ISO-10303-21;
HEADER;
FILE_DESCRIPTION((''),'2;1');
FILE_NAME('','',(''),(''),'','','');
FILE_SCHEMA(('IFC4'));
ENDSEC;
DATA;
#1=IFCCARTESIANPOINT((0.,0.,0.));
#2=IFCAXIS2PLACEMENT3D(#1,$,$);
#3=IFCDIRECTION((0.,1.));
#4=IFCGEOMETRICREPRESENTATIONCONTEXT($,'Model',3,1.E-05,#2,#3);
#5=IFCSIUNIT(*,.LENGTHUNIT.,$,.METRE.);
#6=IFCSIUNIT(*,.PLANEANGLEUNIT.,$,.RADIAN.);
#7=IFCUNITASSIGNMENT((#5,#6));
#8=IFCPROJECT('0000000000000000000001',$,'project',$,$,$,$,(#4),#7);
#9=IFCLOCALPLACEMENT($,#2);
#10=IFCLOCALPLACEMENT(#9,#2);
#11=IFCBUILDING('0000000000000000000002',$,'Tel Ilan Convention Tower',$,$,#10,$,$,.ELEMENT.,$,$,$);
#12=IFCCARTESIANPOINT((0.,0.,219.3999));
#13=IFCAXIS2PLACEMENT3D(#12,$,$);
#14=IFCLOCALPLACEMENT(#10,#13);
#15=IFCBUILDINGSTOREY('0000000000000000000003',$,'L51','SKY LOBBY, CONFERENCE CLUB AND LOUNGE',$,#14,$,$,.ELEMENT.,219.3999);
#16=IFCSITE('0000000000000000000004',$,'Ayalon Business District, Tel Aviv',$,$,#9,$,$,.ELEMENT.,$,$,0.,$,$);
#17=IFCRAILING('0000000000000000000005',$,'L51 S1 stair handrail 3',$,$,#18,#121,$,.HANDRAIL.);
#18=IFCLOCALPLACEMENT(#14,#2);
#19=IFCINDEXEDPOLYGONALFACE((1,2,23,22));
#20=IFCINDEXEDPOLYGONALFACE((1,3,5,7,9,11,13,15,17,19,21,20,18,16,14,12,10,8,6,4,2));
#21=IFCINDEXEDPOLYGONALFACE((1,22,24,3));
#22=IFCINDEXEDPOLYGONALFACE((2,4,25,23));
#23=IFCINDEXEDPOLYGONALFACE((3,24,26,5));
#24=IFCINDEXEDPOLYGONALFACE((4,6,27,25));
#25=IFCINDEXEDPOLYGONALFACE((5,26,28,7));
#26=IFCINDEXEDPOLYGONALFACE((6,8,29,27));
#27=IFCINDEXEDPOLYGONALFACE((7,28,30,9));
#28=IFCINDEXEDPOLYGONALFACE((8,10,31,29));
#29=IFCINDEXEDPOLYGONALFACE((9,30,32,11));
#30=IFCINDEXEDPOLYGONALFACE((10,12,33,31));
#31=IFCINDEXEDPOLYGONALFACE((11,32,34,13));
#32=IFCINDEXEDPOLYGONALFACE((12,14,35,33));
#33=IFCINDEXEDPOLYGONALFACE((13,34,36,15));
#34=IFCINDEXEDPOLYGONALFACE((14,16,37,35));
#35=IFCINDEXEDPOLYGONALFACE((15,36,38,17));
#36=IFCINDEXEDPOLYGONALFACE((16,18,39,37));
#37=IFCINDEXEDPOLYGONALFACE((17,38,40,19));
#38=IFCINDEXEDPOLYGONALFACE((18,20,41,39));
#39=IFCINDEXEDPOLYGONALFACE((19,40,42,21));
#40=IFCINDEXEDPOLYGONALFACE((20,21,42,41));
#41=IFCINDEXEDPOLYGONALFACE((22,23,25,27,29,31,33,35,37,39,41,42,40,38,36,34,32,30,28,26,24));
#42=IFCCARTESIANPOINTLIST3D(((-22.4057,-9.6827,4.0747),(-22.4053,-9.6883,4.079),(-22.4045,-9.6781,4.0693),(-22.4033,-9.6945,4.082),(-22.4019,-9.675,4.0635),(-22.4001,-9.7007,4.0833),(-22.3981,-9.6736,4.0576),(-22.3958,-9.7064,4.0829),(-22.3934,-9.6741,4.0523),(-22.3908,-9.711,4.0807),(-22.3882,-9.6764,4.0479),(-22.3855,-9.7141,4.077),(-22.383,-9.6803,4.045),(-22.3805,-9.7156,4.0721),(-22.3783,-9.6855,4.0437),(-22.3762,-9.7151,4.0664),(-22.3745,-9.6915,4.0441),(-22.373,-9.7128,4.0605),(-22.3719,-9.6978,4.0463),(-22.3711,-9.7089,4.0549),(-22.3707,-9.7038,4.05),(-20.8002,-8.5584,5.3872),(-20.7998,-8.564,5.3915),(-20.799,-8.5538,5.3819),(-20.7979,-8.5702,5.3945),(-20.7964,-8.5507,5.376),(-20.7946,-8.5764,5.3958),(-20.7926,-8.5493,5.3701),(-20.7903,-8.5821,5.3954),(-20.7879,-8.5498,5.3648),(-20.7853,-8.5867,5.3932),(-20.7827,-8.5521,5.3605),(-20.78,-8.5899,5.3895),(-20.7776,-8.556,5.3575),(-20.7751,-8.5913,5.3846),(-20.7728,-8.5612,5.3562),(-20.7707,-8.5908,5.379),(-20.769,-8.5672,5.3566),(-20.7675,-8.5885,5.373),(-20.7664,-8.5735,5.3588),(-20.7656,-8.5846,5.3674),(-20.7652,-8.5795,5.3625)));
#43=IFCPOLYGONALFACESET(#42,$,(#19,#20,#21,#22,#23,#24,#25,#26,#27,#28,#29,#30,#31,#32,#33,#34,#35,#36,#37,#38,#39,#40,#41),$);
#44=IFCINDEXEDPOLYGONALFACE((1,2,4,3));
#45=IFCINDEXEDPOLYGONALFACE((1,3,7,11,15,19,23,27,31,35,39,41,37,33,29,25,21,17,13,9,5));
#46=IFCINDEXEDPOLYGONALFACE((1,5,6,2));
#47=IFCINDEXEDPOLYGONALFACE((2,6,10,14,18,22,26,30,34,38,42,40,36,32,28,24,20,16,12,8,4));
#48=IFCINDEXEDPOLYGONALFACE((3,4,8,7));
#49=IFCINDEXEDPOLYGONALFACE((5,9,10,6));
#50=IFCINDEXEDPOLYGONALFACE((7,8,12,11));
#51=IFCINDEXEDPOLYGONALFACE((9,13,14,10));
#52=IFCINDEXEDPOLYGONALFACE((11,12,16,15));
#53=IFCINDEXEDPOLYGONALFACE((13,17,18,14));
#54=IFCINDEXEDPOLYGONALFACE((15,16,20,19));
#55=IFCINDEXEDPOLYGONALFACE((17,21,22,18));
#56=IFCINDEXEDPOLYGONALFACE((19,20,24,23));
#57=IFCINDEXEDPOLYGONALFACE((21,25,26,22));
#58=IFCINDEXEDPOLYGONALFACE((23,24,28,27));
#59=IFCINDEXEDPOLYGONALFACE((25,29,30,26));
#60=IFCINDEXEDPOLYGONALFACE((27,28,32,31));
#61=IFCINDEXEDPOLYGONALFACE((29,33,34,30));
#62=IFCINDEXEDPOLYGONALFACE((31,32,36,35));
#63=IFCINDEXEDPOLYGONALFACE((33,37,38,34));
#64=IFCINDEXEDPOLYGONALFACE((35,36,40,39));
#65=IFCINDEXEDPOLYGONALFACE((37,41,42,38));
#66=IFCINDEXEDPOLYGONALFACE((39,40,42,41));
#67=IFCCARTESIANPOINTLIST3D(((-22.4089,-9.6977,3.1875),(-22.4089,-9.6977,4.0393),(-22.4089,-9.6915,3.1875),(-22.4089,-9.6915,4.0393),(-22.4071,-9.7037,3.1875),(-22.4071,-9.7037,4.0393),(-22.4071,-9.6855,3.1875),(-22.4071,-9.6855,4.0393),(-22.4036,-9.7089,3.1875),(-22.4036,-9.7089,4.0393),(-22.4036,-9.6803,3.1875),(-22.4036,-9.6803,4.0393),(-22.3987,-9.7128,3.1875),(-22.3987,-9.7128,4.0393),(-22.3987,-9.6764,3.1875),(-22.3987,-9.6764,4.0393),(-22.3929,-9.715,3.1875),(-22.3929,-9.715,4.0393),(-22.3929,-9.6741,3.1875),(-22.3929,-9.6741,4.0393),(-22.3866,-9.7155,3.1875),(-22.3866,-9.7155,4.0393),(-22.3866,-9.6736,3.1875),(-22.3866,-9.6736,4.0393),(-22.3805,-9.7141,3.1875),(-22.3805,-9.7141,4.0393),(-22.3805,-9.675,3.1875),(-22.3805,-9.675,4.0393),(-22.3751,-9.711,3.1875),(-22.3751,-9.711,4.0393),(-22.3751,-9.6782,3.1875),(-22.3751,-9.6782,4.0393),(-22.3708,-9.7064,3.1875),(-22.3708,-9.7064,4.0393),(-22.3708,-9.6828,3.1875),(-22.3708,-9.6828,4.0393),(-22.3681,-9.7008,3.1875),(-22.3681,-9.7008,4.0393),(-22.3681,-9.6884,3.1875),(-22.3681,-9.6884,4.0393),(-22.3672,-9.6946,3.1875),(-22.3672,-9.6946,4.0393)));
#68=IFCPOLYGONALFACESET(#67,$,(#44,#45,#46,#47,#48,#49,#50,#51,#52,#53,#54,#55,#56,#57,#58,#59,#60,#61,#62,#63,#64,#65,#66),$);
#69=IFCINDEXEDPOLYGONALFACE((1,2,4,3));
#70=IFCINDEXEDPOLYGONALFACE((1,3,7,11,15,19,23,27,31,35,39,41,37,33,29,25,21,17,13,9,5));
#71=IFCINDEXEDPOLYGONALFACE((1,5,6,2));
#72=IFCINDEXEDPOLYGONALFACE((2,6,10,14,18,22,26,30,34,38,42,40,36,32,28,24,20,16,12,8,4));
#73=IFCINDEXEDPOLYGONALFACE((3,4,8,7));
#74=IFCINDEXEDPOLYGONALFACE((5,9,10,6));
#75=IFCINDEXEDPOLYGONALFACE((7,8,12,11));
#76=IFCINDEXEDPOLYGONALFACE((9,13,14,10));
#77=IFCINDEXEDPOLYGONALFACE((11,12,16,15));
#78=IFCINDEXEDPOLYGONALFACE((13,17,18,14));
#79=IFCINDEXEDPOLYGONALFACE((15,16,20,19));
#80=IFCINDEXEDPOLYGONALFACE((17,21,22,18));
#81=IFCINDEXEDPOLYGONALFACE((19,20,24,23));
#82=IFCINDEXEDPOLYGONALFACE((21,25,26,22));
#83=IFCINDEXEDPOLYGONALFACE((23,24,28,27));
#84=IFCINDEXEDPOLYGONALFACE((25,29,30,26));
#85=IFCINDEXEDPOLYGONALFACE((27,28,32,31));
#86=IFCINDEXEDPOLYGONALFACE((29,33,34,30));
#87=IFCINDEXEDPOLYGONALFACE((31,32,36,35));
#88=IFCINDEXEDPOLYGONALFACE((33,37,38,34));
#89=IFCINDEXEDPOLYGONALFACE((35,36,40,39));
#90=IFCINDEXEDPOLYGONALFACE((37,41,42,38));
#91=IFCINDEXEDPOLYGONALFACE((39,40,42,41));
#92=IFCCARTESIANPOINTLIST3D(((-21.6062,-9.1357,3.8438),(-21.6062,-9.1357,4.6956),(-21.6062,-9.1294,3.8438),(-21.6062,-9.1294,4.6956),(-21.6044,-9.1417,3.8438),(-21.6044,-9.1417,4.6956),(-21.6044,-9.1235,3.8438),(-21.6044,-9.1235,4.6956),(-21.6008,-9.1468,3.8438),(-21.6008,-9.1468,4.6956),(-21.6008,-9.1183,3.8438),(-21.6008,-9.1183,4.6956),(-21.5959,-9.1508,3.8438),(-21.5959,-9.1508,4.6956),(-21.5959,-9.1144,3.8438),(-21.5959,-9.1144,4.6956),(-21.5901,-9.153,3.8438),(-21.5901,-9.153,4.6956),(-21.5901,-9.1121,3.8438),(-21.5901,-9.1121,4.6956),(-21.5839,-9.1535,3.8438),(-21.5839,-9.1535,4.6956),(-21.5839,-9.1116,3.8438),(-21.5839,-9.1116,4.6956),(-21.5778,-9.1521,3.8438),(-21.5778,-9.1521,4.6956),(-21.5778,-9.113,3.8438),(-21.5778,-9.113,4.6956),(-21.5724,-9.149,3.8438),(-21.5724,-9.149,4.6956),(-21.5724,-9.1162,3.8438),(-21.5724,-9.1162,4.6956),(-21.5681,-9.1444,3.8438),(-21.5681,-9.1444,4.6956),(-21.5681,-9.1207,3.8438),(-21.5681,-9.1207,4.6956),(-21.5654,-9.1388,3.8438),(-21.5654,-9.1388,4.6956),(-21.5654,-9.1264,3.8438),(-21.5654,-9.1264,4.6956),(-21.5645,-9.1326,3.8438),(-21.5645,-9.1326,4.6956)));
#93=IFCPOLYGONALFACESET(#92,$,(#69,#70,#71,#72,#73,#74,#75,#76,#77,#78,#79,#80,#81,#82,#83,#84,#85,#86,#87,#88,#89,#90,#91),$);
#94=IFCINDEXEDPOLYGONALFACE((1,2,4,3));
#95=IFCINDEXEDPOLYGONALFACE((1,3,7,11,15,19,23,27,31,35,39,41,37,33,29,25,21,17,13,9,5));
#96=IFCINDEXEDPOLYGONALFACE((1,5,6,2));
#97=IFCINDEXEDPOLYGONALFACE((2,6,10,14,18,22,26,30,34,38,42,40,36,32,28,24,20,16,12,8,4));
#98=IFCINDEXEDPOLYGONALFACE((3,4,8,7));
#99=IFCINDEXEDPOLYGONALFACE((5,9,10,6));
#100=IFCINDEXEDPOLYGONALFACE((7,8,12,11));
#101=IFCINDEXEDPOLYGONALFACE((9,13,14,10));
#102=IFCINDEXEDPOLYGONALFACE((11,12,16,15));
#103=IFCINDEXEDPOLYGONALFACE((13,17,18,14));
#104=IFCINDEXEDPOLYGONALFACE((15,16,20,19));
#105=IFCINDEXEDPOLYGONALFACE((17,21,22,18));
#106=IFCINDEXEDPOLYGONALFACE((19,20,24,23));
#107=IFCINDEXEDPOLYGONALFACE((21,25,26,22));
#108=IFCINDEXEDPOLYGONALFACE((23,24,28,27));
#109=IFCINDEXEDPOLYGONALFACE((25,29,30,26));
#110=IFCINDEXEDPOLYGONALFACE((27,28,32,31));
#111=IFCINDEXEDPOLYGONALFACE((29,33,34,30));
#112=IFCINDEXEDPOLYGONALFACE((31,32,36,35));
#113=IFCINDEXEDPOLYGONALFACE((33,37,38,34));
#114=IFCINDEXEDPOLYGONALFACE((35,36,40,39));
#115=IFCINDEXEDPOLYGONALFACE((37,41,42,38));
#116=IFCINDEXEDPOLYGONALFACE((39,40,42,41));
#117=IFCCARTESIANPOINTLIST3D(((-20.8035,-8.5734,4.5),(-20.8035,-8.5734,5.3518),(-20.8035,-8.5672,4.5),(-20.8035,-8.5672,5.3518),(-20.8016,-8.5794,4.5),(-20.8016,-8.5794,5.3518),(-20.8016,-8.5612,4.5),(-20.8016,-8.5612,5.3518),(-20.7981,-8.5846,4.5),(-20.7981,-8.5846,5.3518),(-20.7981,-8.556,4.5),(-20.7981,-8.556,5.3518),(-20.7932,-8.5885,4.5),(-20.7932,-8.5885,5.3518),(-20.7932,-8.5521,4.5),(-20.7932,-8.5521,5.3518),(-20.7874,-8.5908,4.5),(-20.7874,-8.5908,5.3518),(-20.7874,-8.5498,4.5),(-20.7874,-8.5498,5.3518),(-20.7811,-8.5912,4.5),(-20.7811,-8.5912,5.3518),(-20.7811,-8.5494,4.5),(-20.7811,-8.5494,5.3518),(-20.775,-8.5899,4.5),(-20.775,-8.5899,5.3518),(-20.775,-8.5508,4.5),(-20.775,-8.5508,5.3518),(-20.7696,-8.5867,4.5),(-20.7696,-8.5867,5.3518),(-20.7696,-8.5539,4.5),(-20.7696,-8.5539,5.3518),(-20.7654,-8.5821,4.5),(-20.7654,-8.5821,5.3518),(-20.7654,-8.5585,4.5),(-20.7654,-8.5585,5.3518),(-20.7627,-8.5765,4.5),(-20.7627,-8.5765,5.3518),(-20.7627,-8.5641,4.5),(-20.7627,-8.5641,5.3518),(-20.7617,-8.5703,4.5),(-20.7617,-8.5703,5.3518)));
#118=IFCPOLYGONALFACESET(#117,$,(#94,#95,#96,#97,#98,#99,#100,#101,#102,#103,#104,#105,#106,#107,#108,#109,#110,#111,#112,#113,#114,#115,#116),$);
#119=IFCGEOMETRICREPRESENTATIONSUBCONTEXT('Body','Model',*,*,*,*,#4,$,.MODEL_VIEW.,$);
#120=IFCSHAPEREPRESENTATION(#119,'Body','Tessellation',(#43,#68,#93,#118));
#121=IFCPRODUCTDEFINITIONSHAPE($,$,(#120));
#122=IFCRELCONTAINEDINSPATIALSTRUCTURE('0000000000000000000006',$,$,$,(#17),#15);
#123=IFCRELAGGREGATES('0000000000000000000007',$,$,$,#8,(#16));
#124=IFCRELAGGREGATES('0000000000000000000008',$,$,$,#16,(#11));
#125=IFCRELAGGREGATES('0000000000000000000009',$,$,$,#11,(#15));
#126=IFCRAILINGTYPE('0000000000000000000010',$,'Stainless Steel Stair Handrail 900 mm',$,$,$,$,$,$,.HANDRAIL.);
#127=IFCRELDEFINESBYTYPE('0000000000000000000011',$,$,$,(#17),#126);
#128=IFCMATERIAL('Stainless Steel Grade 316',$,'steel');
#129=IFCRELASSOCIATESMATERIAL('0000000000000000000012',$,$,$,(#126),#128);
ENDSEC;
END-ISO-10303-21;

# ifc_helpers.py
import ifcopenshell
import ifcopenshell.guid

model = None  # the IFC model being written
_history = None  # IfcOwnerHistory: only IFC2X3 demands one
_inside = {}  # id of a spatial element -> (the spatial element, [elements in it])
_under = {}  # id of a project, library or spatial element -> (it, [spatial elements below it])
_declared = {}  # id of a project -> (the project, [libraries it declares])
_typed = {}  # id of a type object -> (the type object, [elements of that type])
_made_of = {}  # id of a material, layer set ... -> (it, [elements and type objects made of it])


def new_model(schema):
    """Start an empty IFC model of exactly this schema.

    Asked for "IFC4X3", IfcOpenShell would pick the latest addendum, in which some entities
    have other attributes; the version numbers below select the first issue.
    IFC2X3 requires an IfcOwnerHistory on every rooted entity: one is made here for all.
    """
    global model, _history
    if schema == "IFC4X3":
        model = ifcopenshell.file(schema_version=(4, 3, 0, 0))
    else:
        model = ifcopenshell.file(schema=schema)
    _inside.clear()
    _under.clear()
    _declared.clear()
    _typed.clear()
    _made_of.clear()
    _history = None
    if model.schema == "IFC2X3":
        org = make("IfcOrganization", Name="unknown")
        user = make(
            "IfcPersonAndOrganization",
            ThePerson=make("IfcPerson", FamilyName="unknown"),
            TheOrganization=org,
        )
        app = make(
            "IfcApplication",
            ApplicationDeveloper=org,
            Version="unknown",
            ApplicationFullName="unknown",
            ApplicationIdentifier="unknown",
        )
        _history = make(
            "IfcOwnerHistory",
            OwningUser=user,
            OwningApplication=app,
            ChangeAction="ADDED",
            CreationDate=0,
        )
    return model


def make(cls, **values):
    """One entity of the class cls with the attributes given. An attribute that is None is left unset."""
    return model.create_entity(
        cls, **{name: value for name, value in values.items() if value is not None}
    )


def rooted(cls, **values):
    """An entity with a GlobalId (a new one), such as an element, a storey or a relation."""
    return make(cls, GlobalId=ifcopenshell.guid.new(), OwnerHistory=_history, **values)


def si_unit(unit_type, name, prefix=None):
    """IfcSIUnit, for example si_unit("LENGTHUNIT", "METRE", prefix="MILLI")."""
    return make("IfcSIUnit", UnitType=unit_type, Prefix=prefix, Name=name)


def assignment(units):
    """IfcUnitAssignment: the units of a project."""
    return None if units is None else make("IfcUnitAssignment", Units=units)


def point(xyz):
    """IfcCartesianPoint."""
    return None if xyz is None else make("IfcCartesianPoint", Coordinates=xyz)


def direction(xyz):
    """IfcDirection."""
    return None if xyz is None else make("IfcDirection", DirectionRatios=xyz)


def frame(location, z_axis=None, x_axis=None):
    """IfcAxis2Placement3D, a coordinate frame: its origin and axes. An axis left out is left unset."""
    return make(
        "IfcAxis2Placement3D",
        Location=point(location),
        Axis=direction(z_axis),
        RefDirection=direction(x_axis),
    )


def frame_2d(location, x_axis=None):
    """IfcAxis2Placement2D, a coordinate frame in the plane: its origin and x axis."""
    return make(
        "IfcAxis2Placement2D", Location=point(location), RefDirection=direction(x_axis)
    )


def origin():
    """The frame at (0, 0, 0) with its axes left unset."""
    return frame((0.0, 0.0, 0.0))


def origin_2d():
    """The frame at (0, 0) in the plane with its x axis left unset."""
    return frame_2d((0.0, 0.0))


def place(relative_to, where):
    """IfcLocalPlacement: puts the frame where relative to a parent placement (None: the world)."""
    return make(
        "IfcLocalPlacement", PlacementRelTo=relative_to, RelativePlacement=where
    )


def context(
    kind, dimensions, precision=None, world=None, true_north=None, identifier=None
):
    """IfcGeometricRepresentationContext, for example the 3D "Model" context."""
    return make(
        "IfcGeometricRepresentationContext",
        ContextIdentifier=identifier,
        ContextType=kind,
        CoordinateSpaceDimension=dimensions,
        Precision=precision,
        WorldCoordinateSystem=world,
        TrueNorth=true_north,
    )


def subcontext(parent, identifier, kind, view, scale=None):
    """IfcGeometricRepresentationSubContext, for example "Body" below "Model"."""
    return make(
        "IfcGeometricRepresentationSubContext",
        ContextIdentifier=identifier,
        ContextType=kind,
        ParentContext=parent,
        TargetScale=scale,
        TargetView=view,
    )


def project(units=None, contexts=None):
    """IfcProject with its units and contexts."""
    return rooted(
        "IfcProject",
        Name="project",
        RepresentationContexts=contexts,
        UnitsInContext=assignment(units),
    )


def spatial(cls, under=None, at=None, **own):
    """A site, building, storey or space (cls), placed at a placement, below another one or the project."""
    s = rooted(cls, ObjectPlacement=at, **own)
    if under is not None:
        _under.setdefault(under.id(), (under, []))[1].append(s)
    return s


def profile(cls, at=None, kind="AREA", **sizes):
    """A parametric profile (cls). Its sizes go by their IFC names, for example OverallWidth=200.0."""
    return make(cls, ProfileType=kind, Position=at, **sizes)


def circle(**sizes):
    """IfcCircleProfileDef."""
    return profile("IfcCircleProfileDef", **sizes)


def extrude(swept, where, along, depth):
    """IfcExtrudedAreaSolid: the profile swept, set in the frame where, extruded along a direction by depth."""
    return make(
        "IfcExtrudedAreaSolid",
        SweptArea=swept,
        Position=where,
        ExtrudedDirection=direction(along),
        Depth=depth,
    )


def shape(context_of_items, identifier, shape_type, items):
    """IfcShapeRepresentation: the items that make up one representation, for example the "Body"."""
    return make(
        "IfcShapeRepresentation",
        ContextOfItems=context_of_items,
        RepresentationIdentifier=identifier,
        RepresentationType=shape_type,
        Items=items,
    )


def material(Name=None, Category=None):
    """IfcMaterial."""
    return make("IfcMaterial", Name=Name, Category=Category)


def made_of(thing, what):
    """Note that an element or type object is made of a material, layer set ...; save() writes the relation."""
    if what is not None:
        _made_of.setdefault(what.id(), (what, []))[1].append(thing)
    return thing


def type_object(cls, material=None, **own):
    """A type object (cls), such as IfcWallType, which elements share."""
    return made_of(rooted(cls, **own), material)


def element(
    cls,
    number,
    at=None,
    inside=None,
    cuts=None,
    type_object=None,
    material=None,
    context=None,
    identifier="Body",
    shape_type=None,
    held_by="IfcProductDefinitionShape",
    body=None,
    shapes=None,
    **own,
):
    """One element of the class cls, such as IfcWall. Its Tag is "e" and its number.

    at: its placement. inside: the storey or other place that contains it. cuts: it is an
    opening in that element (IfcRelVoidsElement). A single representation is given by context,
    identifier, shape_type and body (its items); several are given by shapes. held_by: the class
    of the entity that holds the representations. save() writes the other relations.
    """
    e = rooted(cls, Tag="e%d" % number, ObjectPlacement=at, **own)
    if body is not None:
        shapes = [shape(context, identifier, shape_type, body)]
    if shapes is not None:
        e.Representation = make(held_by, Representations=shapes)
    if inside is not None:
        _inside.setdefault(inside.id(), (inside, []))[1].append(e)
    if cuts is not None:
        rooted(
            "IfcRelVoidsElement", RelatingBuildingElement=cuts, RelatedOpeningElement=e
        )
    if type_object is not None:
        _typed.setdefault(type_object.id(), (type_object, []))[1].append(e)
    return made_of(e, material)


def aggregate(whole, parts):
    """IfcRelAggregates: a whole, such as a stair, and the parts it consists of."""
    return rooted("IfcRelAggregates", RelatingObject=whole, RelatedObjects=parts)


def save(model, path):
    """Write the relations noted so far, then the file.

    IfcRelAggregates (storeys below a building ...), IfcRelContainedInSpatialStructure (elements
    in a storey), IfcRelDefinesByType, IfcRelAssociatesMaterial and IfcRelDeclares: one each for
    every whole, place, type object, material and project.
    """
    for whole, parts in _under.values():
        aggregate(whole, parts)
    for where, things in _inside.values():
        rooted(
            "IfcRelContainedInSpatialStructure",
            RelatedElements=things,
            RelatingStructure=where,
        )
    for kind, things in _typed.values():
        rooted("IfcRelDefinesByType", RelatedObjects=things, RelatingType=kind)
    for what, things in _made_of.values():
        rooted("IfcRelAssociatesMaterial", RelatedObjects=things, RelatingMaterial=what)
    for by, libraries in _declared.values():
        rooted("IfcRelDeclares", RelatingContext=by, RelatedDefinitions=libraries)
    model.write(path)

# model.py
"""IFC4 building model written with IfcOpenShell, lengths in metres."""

from ifc_helpers import new_model, si_unit, direction, frame, origin, origin_2d, place, context, subcontext, project, spatial, circle, extrude, material, type_object, element, save


model = new_model("IFC4")

# Units and contexts
model_context = context("Model", 3, precision=1e-05, world=origin(), true_north=direction((0.0, 1.0)))
body_context = subcontext(model_context, "Body", "Model", "MODEL_VIEW")
ifc_project = project(units=[si_unit("LENGTHUNIT", "METRE"), si_unit("PLANEANGLEUNIT", "RADIAN")], contexts=[model_context])

# Site, building, storey
site_placement = place(None, origin())
site = spatial("IfcSite", under=ifc_project, at=site_placement, Name="Ayalon Business District, Tel Aviv", CompositionType="ELEMENT", RefElevation=0.0)
building_placement = place(site_placement, origin())
building = spatial("IfcBuilding", under=site, at=building_placement, Name="Tel Ilan Convention Tower", CompositionType="ELEMENT")
storey_placement = place(building_placement, frame((0.0, 0.0, 219.3999)))
storey = spatial("IfcBuildingStorey", under=building, at=storey_placement, Name="L51", Description="SKY LOBBY, CONFERENCE CLUB AND LOUNGE", CompositionType="ELEMENT", Elevation=219.3999)

# Railing
ifc_material_1 = material(Name="Stainless Steel Grade 316", Category="steel")
railing_type_1 = type_object("IfcRailingType", Name="Stainless Steel Stair Handrail 900 mm", PredefinedType="HANDRAIL", material=ifc_material_1)
railing_1_placement = place(storey_placement, frame((-22.3882, -9.6946, 3.1875)))
element("IfcRailing", 1, at=railing_1_placement, inside=storey, type_object=railing_type_1, Name="L51 S1 stair handrail 3", PredefinedType="HANDRAIL", context=body_context, shape_type="SweptSolid", body=[
    extrude(circle(Radius=0.0239, at=origin_2d()), frame((0.0, 0.0, 0.876), z_axis=(0.680616, 0.476617, 0.556416), x_axis=(-0.573613, 0.819127, 0.0)), (0.0, 0.0, 1.0), 2.3589),
    extrude(circle(Radius=0.021, at=origin_2d()), origin(), (0.0, 0.0, 1.0), 0.8518),
    extrude(circle(Radius=0.021, at=origin_2d()), frame((0.8027, 0.562, 0.6562)), (0.0, 0.0, 1.0), 0.8518),
    extrude(circle(Radius=0.021, at=origin_2d()), frame((1.6055, 1.1243, 1.3125)), (0.0, 0.0, 1.0), 0.8518),
])

save(model, "model.ifc")
